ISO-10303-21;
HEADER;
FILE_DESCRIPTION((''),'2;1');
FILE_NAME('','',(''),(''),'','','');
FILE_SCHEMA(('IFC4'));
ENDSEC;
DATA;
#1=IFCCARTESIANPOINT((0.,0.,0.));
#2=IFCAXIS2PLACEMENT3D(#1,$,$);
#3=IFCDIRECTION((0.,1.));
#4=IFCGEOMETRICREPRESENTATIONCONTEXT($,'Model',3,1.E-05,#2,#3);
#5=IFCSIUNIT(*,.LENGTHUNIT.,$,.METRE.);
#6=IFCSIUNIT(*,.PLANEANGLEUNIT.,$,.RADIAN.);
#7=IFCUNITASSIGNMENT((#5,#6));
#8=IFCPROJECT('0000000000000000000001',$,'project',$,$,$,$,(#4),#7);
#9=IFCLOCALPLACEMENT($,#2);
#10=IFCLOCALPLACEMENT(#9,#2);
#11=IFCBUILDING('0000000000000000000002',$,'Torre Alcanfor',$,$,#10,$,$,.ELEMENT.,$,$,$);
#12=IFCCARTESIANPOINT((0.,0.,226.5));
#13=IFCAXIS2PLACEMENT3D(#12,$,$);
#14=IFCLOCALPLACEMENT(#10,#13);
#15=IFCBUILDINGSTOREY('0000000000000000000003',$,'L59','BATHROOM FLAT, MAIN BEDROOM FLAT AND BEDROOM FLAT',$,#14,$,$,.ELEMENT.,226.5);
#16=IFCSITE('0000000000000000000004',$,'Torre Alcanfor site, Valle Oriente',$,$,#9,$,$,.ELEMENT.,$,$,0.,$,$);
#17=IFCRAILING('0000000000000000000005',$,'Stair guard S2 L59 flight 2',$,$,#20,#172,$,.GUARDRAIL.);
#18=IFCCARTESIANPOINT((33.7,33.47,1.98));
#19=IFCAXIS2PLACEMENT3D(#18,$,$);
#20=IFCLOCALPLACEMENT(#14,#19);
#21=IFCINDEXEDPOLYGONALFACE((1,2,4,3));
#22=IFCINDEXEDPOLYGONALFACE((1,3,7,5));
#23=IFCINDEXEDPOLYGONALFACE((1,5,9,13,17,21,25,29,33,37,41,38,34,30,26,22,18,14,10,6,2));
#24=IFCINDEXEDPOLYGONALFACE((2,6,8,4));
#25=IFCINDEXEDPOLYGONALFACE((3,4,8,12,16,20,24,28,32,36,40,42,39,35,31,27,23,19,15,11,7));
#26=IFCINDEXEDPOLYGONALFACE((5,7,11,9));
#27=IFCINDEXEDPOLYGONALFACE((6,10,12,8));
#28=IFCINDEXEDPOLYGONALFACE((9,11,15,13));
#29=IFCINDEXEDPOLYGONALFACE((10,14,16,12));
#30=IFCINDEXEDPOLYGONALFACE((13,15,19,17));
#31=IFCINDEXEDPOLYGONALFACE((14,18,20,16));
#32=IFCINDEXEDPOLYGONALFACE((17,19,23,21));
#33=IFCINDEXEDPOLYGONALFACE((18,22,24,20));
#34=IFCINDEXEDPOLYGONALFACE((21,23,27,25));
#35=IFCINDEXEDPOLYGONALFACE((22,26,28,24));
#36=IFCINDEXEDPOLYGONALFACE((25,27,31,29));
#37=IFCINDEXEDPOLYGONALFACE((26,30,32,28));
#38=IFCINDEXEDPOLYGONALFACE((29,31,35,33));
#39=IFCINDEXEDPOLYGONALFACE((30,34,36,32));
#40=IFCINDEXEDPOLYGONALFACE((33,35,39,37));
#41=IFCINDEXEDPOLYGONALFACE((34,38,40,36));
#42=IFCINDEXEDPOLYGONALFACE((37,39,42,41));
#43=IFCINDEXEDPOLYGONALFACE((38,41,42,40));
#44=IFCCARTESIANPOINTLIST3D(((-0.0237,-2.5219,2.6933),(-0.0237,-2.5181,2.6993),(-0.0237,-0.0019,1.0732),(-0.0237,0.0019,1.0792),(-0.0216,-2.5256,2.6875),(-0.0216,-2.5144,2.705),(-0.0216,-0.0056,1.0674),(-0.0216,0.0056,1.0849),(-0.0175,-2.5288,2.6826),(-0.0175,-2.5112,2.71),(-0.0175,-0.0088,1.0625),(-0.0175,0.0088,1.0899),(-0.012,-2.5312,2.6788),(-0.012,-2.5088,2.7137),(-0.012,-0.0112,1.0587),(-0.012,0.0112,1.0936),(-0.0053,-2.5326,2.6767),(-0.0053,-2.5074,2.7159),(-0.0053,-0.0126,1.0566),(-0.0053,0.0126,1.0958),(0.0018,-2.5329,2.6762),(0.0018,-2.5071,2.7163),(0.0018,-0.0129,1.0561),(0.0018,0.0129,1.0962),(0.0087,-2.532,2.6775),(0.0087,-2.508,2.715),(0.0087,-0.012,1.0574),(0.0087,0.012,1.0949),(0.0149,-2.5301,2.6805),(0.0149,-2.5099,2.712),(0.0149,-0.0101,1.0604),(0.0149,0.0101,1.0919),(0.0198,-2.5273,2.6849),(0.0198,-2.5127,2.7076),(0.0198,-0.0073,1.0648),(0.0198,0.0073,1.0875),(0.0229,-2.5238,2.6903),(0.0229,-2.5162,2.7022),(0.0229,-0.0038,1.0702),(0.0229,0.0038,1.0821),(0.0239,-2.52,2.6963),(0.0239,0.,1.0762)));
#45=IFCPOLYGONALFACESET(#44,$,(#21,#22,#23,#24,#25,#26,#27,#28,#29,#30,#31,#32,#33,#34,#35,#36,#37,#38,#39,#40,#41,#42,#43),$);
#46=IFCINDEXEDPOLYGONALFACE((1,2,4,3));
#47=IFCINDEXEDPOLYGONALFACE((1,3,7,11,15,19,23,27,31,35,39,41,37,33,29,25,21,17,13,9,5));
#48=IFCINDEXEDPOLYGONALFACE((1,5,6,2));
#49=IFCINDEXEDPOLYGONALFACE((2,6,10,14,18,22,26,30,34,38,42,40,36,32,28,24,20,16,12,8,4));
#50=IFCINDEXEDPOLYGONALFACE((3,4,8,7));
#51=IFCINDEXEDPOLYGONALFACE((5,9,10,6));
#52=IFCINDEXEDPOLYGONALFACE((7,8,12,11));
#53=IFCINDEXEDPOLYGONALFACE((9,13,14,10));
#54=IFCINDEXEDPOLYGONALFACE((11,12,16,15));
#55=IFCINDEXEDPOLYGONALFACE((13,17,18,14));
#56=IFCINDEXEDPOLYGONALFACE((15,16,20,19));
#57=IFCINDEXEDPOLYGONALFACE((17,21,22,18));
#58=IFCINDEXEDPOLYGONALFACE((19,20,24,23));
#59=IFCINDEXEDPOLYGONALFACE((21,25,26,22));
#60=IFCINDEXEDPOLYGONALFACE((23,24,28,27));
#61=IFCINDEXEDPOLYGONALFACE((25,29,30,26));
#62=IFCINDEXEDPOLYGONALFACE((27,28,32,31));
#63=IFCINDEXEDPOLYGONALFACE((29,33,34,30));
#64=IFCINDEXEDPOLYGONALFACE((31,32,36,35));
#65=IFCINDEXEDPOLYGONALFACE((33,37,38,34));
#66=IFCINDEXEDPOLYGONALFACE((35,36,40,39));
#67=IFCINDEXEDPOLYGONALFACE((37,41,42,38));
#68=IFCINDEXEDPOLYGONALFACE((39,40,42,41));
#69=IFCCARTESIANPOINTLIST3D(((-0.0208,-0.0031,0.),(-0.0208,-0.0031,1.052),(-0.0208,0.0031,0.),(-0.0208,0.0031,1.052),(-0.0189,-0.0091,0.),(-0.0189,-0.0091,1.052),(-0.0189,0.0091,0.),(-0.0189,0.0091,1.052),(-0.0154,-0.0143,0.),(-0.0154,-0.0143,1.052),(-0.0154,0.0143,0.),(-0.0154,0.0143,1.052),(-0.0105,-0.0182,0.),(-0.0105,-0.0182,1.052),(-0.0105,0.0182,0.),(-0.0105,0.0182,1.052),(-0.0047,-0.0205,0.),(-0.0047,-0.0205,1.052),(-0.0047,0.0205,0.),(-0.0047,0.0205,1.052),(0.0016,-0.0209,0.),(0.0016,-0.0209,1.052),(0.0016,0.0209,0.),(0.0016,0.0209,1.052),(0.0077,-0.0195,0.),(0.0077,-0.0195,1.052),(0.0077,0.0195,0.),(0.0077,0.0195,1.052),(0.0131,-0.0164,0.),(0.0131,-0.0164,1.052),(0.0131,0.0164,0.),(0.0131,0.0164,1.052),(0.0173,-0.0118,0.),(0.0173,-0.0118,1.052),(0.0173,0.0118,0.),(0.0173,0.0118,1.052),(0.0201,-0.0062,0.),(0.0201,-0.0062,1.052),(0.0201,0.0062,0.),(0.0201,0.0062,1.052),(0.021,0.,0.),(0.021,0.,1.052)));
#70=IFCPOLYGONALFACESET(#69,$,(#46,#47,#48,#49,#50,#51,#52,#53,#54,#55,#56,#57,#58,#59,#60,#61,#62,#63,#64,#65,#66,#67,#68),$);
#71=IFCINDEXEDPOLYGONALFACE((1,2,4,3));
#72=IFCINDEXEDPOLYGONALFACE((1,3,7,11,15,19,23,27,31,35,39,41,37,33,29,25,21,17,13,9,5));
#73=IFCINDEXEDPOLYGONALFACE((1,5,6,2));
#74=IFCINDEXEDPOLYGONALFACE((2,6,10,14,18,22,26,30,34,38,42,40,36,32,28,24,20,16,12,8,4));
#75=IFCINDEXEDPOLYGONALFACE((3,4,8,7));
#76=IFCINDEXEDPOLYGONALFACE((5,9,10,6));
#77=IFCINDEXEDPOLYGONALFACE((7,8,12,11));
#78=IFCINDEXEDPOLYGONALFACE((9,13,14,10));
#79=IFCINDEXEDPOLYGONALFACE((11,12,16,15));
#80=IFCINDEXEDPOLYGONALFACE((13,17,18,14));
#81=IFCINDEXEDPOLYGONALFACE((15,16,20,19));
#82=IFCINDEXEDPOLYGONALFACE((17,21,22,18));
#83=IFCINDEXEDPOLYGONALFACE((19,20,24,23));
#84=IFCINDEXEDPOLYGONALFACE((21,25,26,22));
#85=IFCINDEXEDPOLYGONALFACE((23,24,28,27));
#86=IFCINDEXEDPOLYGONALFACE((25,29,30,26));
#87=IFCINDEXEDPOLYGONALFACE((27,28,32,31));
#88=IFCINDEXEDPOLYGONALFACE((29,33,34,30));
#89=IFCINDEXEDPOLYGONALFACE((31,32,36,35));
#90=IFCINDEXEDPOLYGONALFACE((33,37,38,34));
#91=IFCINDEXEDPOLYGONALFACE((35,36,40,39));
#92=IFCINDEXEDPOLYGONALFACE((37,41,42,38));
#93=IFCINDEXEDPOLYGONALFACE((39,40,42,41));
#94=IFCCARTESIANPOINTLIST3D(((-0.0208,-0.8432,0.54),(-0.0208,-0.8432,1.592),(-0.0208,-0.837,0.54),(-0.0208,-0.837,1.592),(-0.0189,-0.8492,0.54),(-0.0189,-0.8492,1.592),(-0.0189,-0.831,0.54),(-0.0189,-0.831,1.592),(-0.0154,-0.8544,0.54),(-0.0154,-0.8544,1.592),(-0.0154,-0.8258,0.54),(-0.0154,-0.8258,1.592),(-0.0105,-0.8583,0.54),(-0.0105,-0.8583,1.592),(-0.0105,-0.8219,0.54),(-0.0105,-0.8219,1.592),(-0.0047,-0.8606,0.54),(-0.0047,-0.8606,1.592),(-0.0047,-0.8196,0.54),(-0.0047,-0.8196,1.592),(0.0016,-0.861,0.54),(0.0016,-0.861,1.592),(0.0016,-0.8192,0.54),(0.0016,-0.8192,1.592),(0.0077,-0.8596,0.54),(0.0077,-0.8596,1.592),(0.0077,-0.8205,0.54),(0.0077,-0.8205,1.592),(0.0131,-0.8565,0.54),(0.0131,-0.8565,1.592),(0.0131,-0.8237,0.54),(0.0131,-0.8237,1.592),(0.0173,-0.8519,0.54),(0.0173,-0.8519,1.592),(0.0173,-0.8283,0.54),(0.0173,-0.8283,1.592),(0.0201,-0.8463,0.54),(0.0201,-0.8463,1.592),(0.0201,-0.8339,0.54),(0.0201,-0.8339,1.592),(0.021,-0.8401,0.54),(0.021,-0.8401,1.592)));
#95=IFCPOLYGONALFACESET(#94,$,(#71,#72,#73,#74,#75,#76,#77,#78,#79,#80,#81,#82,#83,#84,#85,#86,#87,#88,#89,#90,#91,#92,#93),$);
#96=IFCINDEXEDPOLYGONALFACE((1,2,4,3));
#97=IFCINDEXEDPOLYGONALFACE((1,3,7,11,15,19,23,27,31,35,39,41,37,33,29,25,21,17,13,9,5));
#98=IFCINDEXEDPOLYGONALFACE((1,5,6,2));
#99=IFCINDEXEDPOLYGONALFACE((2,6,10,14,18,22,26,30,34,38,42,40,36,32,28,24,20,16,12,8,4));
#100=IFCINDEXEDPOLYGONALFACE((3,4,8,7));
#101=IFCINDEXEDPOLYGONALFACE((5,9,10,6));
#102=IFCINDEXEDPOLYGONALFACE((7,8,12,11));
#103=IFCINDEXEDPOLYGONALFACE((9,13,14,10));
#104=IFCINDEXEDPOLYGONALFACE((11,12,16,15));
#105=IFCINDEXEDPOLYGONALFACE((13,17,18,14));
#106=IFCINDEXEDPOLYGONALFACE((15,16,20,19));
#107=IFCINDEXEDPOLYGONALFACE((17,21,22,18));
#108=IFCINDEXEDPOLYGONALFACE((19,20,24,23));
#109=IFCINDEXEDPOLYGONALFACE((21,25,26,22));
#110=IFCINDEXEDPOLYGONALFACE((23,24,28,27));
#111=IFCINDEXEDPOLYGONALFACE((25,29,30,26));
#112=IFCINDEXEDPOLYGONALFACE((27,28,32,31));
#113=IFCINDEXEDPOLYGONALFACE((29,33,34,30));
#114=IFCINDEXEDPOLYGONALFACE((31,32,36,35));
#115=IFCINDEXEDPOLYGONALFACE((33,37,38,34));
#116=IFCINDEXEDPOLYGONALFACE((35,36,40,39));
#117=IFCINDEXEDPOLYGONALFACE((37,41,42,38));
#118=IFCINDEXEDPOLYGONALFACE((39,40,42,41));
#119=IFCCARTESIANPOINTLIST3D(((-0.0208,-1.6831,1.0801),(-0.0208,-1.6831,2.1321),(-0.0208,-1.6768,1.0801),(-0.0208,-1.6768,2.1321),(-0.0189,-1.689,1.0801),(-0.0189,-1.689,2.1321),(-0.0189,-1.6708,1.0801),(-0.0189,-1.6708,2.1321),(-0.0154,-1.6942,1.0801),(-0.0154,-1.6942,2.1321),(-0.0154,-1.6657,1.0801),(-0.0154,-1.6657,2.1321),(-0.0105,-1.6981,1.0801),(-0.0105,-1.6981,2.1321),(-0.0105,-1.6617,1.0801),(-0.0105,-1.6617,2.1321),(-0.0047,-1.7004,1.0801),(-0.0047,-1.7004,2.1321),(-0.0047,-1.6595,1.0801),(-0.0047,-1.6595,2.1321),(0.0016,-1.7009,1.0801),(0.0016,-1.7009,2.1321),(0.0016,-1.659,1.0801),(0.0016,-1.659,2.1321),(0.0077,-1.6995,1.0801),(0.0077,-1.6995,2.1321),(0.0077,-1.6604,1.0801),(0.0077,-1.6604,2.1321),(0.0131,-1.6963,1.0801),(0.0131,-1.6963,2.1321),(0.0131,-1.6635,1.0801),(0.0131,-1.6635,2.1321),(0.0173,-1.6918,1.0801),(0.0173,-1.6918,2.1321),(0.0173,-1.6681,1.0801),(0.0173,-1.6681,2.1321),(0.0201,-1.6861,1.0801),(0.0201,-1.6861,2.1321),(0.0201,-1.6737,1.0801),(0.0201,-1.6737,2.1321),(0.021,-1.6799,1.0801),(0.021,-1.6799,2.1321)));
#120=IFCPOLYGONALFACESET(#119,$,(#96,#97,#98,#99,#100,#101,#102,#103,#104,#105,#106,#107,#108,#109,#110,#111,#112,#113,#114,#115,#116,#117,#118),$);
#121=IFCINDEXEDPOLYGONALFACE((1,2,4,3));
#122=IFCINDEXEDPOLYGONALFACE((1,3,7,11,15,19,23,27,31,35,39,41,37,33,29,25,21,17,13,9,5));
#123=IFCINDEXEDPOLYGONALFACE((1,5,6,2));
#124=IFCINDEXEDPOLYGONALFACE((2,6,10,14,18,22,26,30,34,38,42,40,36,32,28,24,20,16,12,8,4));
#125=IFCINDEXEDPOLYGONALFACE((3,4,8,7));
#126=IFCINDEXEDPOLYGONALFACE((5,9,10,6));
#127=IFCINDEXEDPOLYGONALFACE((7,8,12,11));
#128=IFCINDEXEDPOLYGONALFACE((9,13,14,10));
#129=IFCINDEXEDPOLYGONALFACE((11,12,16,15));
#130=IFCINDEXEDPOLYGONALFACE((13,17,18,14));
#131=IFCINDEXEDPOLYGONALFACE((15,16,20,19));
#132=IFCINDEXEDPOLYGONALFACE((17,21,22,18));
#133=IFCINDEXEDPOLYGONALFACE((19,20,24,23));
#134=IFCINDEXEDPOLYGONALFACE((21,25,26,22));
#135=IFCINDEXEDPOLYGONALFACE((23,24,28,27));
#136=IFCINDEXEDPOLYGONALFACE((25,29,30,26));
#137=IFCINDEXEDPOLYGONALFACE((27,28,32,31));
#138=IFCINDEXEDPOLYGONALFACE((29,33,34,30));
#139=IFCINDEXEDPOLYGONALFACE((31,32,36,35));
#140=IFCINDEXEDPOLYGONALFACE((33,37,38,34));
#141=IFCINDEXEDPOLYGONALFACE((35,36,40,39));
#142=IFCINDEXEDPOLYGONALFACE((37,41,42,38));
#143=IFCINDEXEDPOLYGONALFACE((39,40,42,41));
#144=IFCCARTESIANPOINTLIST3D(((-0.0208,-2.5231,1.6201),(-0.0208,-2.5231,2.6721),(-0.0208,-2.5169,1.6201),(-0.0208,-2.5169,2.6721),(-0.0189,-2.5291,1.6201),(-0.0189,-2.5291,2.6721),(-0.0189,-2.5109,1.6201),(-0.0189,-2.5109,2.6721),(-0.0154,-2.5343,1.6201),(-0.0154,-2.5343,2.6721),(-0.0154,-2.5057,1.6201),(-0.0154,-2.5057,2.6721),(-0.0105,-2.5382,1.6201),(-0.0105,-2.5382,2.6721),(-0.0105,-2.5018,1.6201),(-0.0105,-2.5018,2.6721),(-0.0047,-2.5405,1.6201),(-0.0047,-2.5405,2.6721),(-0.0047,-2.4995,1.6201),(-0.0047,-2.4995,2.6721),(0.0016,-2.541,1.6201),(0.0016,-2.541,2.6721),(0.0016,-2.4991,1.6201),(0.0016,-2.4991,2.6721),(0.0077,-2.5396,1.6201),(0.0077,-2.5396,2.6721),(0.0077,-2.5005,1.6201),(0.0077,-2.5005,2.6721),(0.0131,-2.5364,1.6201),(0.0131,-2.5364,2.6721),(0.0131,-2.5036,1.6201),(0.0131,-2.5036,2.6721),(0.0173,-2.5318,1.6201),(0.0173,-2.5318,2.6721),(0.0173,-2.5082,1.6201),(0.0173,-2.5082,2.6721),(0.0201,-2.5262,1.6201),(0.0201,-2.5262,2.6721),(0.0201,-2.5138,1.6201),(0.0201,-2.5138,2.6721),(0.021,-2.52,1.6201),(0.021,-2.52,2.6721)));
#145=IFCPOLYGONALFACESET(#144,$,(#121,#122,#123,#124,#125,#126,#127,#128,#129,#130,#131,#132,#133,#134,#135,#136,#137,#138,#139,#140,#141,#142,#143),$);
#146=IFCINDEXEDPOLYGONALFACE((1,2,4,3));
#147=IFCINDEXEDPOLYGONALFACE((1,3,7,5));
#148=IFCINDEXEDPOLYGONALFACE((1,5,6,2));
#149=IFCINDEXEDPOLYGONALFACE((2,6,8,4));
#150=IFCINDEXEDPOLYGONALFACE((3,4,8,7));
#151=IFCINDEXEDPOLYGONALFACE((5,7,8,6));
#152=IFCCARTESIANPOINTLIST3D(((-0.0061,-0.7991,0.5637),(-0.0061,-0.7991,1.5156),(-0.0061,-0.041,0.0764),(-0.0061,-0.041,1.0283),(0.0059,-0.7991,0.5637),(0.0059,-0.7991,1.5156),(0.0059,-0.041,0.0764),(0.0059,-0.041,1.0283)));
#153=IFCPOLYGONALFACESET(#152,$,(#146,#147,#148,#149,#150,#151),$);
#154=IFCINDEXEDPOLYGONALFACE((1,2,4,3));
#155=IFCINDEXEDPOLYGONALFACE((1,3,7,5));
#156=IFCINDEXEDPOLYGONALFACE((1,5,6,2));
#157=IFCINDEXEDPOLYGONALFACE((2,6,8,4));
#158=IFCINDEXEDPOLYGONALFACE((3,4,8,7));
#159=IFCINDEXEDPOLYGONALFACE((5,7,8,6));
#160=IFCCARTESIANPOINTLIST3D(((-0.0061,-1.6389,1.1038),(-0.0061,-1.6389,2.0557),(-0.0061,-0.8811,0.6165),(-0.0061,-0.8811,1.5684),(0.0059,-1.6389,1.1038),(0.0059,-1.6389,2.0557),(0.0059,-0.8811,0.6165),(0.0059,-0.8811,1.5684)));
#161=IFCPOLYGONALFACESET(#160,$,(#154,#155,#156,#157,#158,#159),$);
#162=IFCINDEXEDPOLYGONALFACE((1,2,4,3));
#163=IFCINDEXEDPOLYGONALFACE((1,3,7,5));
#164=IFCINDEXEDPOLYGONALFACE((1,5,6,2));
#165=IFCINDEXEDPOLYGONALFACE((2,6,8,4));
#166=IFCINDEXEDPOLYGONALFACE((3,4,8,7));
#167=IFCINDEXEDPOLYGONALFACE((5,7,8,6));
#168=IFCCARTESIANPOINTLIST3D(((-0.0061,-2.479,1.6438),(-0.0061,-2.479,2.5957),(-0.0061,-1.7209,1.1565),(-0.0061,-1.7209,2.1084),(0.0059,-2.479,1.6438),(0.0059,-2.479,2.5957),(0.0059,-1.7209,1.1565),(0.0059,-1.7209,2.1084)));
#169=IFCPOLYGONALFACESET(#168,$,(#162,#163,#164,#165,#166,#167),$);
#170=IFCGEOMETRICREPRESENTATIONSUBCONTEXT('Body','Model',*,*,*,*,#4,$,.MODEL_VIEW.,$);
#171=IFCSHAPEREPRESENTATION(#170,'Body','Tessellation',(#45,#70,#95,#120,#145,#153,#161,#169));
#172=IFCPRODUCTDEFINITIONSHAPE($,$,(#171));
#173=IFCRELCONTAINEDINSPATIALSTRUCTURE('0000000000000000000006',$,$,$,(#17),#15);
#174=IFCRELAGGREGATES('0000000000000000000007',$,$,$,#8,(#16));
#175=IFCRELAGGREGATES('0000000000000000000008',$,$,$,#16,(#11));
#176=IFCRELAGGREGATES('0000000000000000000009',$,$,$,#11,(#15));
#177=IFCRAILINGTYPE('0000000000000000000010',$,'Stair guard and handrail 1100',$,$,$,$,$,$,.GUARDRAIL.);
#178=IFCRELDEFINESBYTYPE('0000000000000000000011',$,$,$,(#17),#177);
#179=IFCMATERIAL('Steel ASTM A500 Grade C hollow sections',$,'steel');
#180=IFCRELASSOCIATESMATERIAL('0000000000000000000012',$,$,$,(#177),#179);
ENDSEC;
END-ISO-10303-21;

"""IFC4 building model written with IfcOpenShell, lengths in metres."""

from ifc_helpers import new_model, si_unit, direction, frame, origin, origin_2d, place, context, subcontext, project, spatial, polyline, circle, outline, extrude, material, type_object, element, save


model = new_model("IFC4")

# Units and contexts
model_context = context("Model", 3, precision=1e-05, world=origin(), true_north=direction((0.0, 1.0)))
body_context = subcontext(model_context, "Body", "Model", "MODEL_VIEW")
ifc_project = project(units=[si_unit("LENGTHUNIT", "METRE"), si_unit("PLANEANGLEUNIT", "RADIAN")], contexts=[model_context])

# Site, building, storey
site_placement = place(None, origin())
site = spatial("IfcSite", under=ifc_project, at=site_placement, Name="Torre Alcanfor site, Valle Oriente", CompositionType="ELEMENT", RefElevation=0.0)
building_placement = place(site_placement, origin())
building = spatial("IfcBuilding", under=site, at=building_placement, Name="Torre Alcanfor", CompositionType="ELEMENT")
storey_placement = place(building_placement, frame((0.0, 0.0, 226.5)))
storey = spatial("IfcBuildingStorey", under=building, at=storey_placement, Name="L59", Description="BATHROOM FLAT, MAIN BEDROOM FLAT AND BEDROOM FLAT", CompositionType="ELEMENT", Elevation=226.5)

# Railing
ifc_material_1 = material(Name="Steel ASTM A500 Grade C hollow sections", Category="steel")
railing_type_1 = type_object("IfcRailingType", Name="Stair guard and handrail 1100", PredefinedType="GUARDRAIL", material=ifc_material_1)
railing_1_placement = place(storey_placement, frame((33.7, 33.47, 1.98)))
element("IfcRailing", 1, at=railing_1_placement, inside=storey, type_object=railing_type_1, Name="Stair guard S2 L59 flight 2", PredefinedType="GUARDRAIL", context=body_context, shape_type="SweptSolid", body=[
    extrude(circle(Radius=0.0239, at=origin_2d()), frame((0.0, 0.0, 1.0762), z_axis=(0.0, -0.841163, 0.540782), x_axis=(1.0, 0.0, 0.0)), (0.0, 0.0, 1.0), 2.9958),
    extrude(circle(Radius=0.021, at=origin_2d()), origin(), (0.0, 0.0, 1.0), 1.052),
    extrude(circle(Radius=0.021, at=origin_2d()), frame((0.0, -0.8401, 0.54)), (0.0, 0.0, 1.0), 1.052),
    extrude(circle(Radius=0.021, at=origin_2d()), frame((0.0, -1.6799, 1.0801)), (0.0, 0.0, 1.0), 1.052),
    extrude(circle(Radius=0.021, at=origin_2d()), frame((0.0, -2.52, 1.6201)), (0.0, 0.0, 1.0), 1.052),
    extrude(outline(polyline([(0.041, 0.0764), (0.7991, 0.5637), (0.7991, 1.5156), (0.041, 1.0283), (0.041, 0.0764)])), frame((0.0059, 0.0, 0.0), z_axis=(-1.0, 0.0, 0.0), x_axis=(0.0, -1.0, 0.0)), (0.0, 0.0, 1.0), 0.012),
    extrude(outline(polyline([(0.8811, 0.6165), (1.6389, 1.1038), (1.6389, 2.0557), (0.8811, 1.5684), (0.8811, 0.6165)])), frame((0.0059, 0.0, 0.0), z_axis=(-1.0, 0.0, 0.0), x_axis=(0.0, -1.0, 0.0)), (0.0, 0.0, 1.0), 0.012),
    extrude(outline(polyline([(1.7209, 1.1565), (2.479, 1.6438), (2.479, 2.5957), (1.7209, 2.1084), (1.7209, 1.1565)])), frame((0.0059, 0.0, 0.0), z_axis=(-1.0, 0.0, 0.0), x_axis=(0.0, -1.0, 0.0)), (0.0, 0.0, 1.0), 0.012),
])

save(model, "model.ifc")
